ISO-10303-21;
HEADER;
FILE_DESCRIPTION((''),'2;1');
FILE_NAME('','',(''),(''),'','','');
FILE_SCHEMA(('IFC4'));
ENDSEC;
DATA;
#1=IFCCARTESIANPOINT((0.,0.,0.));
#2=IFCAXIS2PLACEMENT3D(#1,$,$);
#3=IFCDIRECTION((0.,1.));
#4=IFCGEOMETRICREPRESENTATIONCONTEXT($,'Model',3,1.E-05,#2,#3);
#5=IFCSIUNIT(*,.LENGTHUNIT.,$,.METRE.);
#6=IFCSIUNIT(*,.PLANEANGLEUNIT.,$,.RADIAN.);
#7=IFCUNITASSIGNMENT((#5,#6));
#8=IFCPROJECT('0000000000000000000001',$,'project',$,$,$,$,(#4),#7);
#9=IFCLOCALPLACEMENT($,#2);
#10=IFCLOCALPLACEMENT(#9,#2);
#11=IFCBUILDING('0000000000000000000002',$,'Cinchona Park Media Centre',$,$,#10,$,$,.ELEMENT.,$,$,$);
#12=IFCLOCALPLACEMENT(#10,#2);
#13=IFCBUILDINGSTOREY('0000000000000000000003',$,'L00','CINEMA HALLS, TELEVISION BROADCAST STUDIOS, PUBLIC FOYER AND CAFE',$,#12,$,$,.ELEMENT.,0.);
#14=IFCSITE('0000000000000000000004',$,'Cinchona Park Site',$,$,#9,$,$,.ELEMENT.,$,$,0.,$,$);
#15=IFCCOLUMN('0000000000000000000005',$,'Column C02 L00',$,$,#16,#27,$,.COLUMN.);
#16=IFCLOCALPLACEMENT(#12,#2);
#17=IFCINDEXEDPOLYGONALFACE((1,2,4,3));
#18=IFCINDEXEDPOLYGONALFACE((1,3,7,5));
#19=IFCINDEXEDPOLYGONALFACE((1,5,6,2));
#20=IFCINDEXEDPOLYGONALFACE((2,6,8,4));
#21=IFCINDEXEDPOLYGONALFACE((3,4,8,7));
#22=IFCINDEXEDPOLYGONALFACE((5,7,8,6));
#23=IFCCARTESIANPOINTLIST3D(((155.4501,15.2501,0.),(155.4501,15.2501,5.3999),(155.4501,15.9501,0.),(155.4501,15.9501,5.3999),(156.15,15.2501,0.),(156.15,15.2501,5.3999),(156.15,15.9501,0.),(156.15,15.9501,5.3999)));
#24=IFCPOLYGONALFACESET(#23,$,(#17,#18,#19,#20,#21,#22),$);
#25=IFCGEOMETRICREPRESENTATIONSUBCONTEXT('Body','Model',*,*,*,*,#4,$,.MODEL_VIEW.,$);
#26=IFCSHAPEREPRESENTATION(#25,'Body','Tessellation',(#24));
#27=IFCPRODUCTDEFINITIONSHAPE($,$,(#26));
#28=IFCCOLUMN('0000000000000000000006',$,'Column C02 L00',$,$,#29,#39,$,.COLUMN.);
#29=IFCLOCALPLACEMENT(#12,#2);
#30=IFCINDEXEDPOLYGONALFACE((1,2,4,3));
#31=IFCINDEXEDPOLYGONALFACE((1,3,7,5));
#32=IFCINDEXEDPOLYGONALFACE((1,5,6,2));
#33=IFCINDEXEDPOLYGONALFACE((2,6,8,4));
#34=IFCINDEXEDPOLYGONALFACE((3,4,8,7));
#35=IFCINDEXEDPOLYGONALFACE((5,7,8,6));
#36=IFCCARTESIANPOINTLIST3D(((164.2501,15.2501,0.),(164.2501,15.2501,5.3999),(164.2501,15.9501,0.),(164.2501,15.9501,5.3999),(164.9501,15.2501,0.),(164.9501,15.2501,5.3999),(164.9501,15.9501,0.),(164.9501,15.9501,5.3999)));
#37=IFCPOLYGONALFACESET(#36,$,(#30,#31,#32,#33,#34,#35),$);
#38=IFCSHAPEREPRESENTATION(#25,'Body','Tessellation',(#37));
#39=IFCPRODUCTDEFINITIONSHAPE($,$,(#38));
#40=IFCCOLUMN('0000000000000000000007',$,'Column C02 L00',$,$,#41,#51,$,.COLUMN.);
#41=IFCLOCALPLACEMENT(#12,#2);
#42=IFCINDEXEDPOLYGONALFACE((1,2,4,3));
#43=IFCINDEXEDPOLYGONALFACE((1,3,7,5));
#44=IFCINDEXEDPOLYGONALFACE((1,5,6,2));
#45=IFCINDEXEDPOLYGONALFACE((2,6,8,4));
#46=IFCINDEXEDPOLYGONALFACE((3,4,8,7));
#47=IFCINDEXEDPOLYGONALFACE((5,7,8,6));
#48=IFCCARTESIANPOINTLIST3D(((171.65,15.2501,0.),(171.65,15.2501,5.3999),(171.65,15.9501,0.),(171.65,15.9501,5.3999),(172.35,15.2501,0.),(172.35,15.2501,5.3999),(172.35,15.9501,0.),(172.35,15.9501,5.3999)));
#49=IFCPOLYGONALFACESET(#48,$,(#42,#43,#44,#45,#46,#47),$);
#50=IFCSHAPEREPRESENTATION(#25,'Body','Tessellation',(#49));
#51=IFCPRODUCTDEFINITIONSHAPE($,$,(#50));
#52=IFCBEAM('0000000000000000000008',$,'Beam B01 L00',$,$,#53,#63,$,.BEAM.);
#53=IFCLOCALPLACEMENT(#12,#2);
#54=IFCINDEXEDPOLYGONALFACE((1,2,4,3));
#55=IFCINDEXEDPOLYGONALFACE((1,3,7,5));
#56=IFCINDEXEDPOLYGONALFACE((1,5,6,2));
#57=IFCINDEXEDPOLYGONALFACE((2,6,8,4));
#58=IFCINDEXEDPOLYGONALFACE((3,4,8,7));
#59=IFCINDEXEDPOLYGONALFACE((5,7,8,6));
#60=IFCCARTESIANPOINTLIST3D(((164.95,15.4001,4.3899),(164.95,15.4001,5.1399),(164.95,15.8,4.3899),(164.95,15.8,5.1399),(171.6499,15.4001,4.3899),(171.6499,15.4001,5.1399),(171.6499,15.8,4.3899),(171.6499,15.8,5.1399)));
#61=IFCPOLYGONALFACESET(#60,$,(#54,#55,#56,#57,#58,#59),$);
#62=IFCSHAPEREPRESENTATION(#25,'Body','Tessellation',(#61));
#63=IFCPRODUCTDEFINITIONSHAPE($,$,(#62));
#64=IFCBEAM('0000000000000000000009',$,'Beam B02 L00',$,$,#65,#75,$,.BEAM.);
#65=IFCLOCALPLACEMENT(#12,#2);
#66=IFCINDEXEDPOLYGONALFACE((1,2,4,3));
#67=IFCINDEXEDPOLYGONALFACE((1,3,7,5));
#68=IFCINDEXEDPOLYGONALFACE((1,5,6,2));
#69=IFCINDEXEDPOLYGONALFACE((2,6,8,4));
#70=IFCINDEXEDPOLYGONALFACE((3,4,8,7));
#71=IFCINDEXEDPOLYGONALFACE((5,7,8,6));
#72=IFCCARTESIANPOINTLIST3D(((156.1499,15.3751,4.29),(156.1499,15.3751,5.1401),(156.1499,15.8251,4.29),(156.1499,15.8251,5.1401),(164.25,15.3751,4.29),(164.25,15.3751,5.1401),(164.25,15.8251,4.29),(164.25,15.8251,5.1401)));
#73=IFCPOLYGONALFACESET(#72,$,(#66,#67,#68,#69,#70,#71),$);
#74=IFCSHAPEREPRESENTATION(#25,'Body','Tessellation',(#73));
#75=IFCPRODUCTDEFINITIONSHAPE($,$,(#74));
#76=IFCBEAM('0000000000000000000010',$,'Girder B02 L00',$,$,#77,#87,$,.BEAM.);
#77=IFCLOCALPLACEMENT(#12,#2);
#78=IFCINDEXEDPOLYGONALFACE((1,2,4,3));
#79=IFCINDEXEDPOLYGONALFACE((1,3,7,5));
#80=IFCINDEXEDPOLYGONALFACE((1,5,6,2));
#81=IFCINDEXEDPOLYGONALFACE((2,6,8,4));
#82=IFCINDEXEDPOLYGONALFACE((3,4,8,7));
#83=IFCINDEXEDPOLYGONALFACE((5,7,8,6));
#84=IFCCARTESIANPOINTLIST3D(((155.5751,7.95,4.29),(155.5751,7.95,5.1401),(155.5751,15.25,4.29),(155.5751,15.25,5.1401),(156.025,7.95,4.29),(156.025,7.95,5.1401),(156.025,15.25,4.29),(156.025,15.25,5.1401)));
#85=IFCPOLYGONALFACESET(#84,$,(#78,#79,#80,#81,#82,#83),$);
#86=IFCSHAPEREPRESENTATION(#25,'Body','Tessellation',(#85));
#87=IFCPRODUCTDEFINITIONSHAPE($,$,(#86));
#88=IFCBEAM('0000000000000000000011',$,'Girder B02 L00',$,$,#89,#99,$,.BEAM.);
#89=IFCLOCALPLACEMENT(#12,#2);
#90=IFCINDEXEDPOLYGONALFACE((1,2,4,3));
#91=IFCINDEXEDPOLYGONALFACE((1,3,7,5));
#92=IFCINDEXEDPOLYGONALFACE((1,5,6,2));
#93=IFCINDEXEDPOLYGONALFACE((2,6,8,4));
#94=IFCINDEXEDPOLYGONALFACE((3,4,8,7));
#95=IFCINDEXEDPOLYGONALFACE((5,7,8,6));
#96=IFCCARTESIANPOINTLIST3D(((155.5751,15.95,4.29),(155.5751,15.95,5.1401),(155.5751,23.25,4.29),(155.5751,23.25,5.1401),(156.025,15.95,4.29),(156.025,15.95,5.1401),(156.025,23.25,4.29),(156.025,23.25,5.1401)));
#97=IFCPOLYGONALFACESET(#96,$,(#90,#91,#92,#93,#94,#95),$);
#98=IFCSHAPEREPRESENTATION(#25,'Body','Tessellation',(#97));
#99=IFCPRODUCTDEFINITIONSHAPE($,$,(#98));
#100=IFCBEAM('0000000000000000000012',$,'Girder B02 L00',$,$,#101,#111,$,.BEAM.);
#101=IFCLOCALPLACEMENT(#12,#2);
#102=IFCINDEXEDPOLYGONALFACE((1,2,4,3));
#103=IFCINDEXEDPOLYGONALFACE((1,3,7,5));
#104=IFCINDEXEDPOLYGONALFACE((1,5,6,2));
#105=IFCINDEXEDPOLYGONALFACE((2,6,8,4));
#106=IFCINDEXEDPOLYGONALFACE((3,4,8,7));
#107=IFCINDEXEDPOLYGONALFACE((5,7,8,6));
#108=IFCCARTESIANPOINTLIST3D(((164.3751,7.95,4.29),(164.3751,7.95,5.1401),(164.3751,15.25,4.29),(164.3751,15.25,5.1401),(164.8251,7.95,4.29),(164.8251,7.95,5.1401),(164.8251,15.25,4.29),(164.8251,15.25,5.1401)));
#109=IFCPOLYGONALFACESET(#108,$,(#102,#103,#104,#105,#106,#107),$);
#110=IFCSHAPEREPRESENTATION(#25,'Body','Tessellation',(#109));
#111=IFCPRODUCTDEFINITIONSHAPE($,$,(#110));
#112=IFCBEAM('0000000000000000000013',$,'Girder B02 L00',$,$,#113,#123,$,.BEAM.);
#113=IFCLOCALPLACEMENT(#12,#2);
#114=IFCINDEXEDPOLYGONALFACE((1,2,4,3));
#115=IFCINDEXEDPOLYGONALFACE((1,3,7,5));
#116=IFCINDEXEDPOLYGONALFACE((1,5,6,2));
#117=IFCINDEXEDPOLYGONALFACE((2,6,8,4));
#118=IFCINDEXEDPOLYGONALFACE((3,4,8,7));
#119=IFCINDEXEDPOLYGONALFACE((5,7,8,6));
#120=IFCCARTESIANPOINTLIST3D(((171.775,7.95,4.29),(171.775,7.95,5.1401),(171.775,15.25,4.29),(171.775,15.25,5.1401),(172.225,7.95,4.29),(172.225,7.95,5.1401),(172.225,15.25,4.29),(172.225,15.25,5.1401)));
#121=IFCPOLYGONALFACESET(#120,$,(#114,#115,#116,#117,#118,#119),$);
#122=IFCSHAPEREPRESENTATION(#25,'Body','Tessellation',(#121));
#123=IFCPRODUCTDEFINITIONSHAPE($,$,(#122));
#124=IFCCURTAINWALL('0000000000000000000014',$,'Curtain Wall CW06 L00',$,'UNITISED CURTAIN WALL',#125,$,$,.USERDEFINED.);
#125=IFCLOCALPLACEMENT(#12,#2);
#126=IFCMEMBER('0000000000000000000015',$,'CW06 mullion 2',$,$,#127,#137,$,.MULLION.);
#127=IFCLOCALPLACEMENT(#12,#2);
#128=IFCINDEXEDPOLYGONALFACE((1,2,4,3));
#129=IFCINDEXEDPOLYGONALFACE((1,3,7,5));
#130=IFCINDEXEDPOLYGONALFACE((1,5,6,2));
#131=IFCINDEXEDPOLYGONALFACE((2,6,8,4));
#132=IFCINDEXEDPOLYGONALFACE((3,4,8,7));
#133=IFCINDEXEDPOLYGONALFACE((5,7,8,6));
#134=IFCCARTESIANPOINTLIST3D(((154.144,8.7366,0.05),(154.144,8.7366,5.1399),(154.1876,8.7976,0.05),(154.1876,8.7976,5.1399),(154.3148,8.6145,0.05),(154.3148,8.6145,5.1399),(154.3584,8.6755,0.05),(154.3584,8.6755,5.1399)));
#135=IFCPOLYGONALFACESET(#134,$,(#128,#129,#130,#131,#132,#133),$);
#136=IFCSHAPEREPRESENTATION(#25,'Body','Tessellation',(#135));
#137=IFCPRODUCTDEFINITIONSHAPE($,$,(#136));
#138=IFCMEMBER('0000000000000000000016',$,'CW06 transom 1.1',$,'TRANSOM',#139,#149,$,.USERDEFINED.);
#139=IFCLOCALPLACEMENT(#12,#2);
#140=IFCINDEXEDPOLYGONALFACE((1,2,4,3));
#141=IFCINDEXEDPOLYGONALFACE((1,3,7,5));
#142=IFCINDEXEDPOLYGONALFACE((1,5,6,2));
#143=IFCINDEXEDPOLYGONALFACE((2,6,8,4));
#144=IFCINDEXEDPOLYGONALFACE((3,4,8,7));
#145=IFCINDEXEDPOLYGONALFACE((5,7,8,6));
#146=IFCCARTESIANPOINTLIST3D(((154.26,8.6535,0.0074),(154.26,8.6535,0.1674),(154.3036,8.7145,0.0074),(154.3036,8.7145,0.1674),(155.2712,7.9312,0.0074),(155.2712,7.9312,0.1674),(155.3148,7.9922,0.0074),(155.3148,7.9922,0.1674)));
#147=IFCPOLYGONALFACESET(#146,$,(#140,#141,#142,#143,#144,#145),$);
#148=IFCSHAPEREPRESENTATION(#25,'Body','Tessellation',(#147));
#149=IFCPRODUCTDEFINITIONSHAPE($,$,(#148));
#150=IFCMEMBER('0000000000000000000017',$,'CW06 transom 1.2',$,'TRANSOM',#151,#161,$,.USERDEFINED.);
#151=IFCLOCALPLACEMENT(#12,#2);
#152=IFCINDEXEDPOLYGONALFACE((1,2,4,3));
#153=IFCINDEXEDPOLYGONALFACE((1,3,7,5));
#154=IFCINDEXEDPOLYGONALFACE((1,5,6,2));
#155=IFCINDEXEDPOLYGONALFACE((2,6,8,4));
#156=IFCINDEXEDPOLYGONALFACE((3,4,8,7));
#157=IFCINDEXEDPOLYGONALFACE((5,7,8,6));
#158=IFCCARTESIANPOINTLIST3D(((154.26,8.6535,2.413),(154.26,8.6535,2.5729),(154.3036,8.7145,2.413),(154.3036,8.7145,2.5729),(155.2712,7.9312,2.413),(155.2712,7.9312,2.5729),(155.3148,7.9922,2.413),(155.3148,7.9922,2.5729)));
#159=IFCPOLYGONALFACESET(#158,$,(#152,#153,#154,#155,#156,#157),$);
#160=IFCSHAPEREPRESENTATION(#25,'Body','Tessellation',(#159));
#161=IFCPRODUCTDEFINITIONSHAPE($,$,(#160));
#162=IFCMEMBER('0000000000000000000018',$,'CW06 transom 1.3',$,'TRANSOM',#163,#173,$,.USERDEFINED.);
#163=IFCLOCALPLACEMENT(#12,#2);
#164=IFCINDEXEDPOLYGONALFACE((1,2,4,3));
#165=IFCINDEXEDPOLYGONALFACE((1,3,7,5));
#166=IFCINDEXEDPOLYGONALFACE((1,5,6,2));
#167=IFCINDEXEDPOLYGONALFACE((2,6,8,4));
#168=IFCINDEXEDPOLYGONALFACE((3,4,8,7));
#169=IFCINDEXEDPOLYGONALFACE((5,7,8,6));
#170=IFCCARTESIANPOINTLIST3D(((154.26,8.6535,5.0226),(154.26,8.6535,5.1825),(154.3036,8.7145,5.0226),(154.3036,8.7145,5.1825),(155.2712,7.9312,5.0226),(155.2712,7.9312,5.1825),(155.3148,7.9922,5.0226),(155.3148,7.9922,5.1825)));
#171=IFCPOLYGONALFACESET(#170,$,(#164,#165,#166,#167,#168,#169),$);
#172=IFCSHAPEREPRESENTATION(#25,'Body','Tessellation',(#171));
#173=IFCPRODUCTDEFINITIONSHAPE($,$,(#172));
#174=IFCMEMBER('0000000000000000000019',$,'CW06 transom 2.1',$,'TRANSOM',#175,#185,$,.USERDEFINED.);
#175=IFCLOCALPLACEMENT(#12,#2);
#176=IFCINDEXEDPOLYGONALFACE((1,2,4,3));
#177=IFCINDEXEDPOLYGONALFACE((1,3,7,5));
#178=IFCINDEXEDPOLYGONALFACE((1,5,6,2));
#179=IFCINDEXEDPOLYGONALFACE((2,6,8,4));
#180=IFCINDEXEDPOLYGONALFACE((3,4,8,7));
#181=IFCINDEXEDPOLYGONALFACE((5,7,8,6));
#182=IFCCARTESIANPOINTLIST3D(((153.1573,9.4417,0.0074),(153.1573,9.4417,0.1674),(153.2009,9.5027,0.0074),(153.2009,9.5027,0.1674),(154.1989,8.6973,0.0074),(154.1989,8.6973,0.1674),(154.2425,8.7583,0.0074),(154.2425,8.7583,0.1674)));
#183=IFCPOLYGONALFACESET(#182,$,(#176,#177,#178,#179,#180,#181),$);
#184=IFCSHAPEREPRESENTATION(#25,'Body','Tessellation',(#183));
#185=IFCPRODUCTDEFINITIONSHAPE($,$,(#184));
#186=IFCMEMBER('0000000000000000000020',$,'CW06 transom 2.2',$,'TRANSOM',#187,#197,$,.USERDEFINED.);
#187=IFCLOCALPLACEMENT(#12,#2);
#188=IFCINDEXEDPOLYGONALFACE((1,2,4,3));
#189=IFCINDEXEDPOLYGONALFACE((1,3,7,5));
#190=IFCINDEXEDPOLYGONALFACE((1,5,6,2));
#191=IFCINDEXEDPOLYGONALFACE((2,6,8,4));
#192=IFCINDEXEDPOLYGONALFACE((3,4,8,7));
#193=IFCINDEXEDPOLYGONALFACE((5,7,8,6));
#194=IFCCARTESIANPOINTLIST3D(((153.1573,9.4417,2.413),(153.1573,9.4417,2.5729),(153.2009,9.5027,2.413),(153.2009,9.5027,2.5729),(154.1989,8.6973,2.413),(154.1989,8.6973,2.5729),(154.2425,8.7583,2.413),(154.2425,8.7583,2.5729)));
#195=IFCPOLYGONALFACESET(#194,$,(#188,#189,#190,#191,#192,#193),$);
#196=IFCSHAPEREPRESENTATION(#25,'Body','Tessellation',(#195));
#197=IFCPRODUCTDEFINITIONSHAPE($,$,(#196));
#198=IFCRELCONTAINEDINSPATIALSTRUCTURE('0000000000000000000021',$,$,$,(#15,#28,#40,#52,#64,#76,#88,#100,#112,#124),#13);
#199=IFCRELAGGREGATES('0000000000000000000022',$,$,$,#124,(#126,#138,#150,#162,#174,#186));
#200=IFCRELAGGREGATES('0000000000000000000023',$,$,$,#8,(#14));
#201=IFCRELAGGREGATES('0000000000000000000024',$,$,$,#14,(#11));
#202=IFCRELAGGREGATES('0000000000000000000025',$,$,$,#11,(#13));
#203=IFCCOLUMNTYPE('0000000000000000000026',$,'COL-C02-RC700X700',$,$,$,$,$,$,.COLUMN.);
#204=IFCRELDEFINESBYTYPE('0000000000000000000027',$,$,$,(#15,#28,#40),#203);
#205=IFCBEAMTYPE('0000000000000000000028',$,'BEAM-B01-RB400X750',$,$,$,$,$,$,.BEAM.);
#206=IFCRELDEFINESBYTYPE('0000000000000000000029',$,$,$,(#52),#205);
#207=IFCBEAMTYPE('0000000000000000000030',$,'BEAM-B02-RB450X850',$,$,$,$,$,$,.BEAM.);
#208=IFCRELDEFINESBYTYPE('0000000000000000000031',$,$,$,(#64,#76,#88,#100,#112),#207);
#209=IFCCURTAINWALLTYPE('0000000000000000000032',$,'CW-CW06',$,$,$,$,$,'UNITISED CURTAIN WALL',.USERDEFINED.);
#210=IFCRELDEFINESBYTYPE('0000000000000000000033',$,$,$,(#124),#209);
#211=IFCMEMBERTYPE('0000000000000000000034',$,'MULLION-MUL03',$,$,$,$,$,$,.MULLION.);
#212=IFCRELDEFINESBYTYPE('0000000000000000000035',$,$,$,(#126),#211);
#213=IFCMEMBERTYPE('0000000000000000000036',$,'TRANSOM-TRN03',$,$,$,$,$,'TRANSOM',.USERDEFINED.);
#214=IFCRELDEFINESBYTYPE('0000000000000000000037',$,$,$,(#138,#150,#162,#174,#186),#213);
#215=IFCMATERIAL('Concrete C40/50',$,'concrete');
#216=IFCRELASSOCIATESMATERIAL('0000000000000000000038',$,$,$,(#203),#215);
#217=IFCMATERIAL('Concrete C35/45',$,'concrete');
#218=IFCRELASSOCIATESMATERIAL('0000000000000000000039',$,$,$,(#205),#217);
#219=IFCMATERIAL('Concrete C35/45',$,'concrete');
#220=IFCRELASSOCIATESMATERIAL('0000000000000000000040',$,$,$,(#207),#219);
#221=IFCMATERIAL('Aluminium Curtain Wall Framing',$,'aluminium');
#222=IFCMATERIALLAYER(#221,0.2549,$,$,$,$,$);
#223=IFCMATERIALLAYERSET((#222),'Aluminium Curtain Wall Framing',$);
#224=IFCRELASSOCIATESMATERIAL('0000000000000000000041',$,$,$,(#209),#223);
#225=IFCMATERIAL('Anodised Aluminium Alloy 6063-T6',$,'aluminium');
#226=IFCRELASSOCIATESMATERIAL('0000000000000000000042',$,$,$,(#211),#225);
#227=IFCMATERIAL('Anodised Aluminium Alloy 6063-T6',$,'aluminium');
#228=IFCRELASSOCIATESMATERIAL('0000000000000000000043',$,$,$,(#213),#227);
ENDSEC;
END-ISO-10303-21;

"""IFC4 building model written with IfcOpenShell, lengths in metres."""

from ifc_helpers import new_model, si_unit, direction, frame, origin, origin_2d, place, context, subcontext, project, spatial, rectangle, extrude, material, layer, layer_set, material_profile, profile_set, type_object, element, aggregate, save


model = new_model("IFC4")

# Units and contexts
model_context = context("Model", 3, precision=1e-05, world=origin(), true_north=direction((0.0, 1.0)))
body_context = subcontext(model_context, "Body", "Model", "MODEL_VIEW")
ifc_project = project(units=[si_unit("LENGTHUNIT", "METRE"), si_unit("PLANEANGLEUNIT", "RADIAN")], contexts=[model_context])

# Site, building, storey
site_placement = place(None, origin())
site = spatial("IfcSite", under=ifc_project, at=site_placement, Name="Cinchona Park Site", CompositionType="ELEMENT", RefElevation=0.0)
building_placement = place(site_placement, origin())
building = spatial("IfcBuilding", under=site, at=building_placement, Name="Cinchona Park Media Centre", CompositionType="ELEMENT")
storey_placement = place(building_placement, origin())
storey = spatial("IfcBuildingStorey", under=building, at=storey_placement, Name="L00", Description="CINEMA HALLS, TELEVISION BROADCAST STUDIOS, PUBLIC FOYER AND CAFE", CompositionType="ELEMENT", Elevation=0.0)

# Columns
ifc_material_1 = material(Name="Concrete C40/50", Category="concrete")
ifc_material_profile_1 = material_profile(ifc_material_1, rectangle(XDim=0.7, YDim=0.7, at=origin_2d()), Name="RC 700X700")
ifc_profile_set_1 = profile_set([ifc_material_profile_1], Name="Concrete C40/50")
column_type = type_object("IfcColumnType", Name="COL-C02-RC700X700", PredefinedType="COLUMN", material=ifc_profile_set_1)
for number, where, z_axis, x_axis, name in (
    (1, (155.8, 15.6001, 0.0), (0.0, 0.0, 1.0), (1.0, 0.0, 0.0), "Column C02 L00"),
    (2, (164.6001, 15.6001, 0.0), (0.0, 0.0, 1.0), (1.0, 0.0, 0.0), "Column C02 L00"),
    (3, (172.0, 15.6001, 0.0), (0.0, 0.0, 1.0), (1.0, 0.0, 0.0), "Column C02 L00"),
):
    element("IfcColumn", number, at=place(storey_placement, frame(where, z_axis=z_axis, x_axis=x_axis)), inside=storey, type_object=column_type, Name=name, PredefinedType="COLUMN", context=body_context, shape_type="SweptSolid", body=[
        extrude(rectangle(XDim=0.7, YDim=0.7, at=origin_2d()), origin(), (0.0, 0.0, 1.0), 5.3999),
    ])

# Beams
ifc_material_2 = material(Name="Concrete C35/45", Category="concrete")
ifc_material_profile_2 = material_profile(ifc_material_2, rectangle(XDim=0.3999, YDim=0.75, at=origin_2d()), Name="RB 400X750")
ifc_profile_set_2 = profile_set([ifc_material_profile_2], Name="Concrete C35/45")
beam_type_1 = type_object("IfcBeamType", Name="BEAM-B01-RB400X750", PredefinedType="BEAM", material=ifc_profile_set_2)
beam_1_placement = place(storey_placement, frame((164.95, 15.6001, 4.7649), z_axis=(1.0, 0.0, 0.0), x_axis=(0.0, 1.0, 0.0)))
element("IfcBeam", 4, at=beam_1_placement, inside=storey, type_object=beam_type_1, Name="Beam B01 L00", PredefinedType="BEAM", context=body_context, shape_type="SweptSolid", body=[
    extrude(rectangle(XDim=0.3999, YDim=0.75, at=origin_2d()), origin(), (0.0, 0.0, 1.0), 6.7),
])
ifc_material_3 = material(Name="Concrete C35/45", Category="concrete")
ifc_material_profile_3 = material_profile(ifc_material_3, rectangle(XDim=0.45, YDim=0.8501, at=origin_2d()), Name="RB 450X850")
ifc_profile_set_3 = profile_set([ifc_material_profile_3], Name="Concrete C35/45")
beam_type_2 = type_object("IfcBeamType", Name="BEAM-B02-RB450X850", PredefinedType="BEAM", material=ifc_profile_set_3)
beam_2_placement = place(storey_placement, frame((156.1499, 15.6001, 4.7151), z_axis=(1.0, 0.0, 0.0), x_axis=(0.0, 1.0, 0.0)))
element("IfcBeam", 5, at=beam_2_placement, inside=storey, type_object=beam_type_2, Name="Beam B02 L00", PredefinedType="BEAM", context=body_context, shape_type="SweptSolid", body=[
    extrude(rectangle(XDim=0.45, YDim=0.8501, at=origin_2d()), origin(), (0.0, 0.0, 1.0), 8.1001),
])
for number, where, z_axis, x_axis, name in (
    (6, (155.8, 7.95, 4.7151), (0.0, 1.0, 0.0), (-1.0, 0.0, 0.0), "Girder B02 L00"),
    (7, (155.8, 15.95, 4.7151), (0.0, 1.0, 0.0), (-1.0, 0.0, 0.0), "Girder B02 L00"),
    (8, (164.6001, 7.95, 4.7151), (0.0, 1.0, 0.0), (-1.0, 0.0, 0.0), "Girder B02 L00"),
    (9, (172.0, 7.95, 4.7151), (0.0, 1.0, 0.0), (-1.0, 0.0, 0.0), "Girder B02 L00"),
):
    element("IfcBeam", number, at=place(storey_placement, frame(where, z_axis=z_axis, x_axis=x_axis)), inside=storey, type_object=beam_type_2, Name=name, PredefinedType="BEAM", context=body_context, shape_type="SweptSolid", body=[
        extrude(rectangle(XDim=0.45, YDim=0.8501, at=origin_2d()), origin(), (0.0, 0.0, 1.0), 7.3),
    ])

# Curtain wall, members
ifc_material_4 = material(Name="Aluminium Curtain Wall Framing", Category="aluminium")
ifc_layer_1 = layer(ifc_material_4, 0.2549)
ifc_layer_set_1 = layer_set([ifc_layer_1], Name="Aluminium Curtain Wall Framing")
curtain_wall_type = type_object("IfcCurtainWallType", Name="CW-CW06", ElementType="UNITISED CURTAIN WALL", PredefinedType="USERDEFINED", material=ifc_layer_set_1)
curtain_wall_placement = place(storey_placement, origin())
curtain_wall = element("IfcCurtainWall", 10, at=curtain_wall_placement, inside=storey, type_object=curtain_wall_type, Name="Curtain Wall CW06 L00", ObjectType="UNITISED CURTAIN WALL", PredefinedType="USERDEFINED")
ifc_material_5 = material(Name="Anodised Aluminium Alloy 6063-T6", Category="aluminium")
ifc_material_profile_4 = material_profile(ifc_material_5, rectangle(XDim=0.075, YDim=0.21, at=origin_2d()), Name="MUL-75X210")
ifc_profile_set_4 = profile_set([ifc_material_profile_4], Name="Anodised Aluminium Alloy 6063-T6")
member_type_1 = type_object("IfcMemberType", Name="MULLION-MUL03", PredefinedType="MULLION", material=ifc_profile_set_4)
member_1_placement = place(storey_placement, frame((154.2512, 8.7061, 0.05), z_axis=(0.0, 0.0, 1.0), x_axis=(-0.581424, -0.813601, 0.0)))
member_1 = element("IfcMember", 11, at=member_1_placement, type_object=member_type_1, Name="CW06 mullion 2", PredefinedType="MULLION", context=body_context, shape_type="SweptSolid", body=[
    extrude(rectangle(XDim=0.075, YDim=0.21, at=origin_2d()), origin(), (0.0, 0.0, 1.0), 5.0898),
])
ifc_material_6 = material(Name="Anodised Aluminium Alloy 6063-T6", Category="aluminium")
ifc_material_profile_5 = material_profile(ifc_material_6, rectangle(XDim=0.075, YDim=0.1599, at=origin_2d()), Name="TRN-75X160")
ifc_profile_set_5 = profile_set([ifc_material_profile_5], Name="Anodised Aluminium Alloy 6063-T6")
member_type_2 = type_object("IfcMemberType", Name="TRANSOM-TRN03", ElementType="TRANSOM", PredefinedType="USERDEFINED", material=ifc_profile_set_5)
member_2_placement = place(storey_placement, frame((155.293, 7.9617, 0.0874), z_axis=(-0.813694, 0.581294, 0.0), x_axis=(-0.581294, -0.813694, 0.0)))
member_2 = element("IfcMember", 12, at=member_2_placement, type_object=member_type_2, Name="CW06 transom 1.1", ObjectType="TRANSOM", PredefinedType="USERDEFINED", context=body_context, shape_type="SweptSolid", body=[
    extrude(rectangle(XDim=0.075, YDim=0.1599, at=origin_2d()), origin(), (0.0, 0.0, 1.0), 1.2427),
])
member_3_placement = place(storey_placement, frame((155.293, 7.9617, 2.4929), z_axis=(-0.813694, 0.581294, 0.0), x_axis=(-0.581294, -0.813694, 0.0)))
member_3 = element("IfcMember", 13, at=member_3_placement, type_object=member_type_2, Name="CW06 transom 1.2", ObjectType="TRANSOM", PredefinedType="USERDEFINED", context=body_context, shape_type="SweptSolid", body=[
    extrude(rectangle(XDim=0.075, YDim=0.1599, at=origin_2d()), origin(), (0.0, 0.0, 1.0), 1.2427),
])
member_4_placement = place(storey_placement, frame((155.293, 7.9617, 5.1025), z_axis=(-0.813694, 0.581294, 0.0), x_axis=(-0.581294, -0.813694, 0.0)))
member_4 = element("IfcMember", 14, at=member_4_placement, type_object=member_type_2, Name="CW06 transom 1.3", ObjectType="TRANSOM", PredefinedType="USERDEFINED", context=body_context, shape_type="SweptSolid", body=[
    extrude(rectangle(XDim=0.075, YDim=0.1599, at=origin_2d()), origin(), (0.0, 0.0, 1.0), 1.2427),
])
member_5_placement = place(storey_placement, frame((154.2207, 8.7278, 0.0874), z_axis=(-0.813566, 0.581473, 0.0), x_axis=(-0.581473, -0.813566, 0.0)))
member_5 = element("IfcMember", 15, at=member_5_placement, type_object=member_type_2, Name="CW06 transom 2.1", ObjectType="TRANSOM", PredefinedType="USERDEFINED", context=body_context, shape_type="SweptSolid", body=[
    extrude(rectangle(XDim=0.075, YDim=0.1599, at=origin_2d()), origin(), (0.0, 0.0, 1.0), 1.2803),
])
member_6_placement = place(storey_placement, frame((154.2207, 8.7278, 2.4929), z_axis=(-0.813566, 0.581473, 0.0), x_axis=(-0.581473, -0.813566, 0.0)))
member_6 = element("IfcMember", 16, at=member_6_placement, type_object=member_type_2, Name="CW06 transom 2.2", ObjectType="TRANSOM", PredefinedType="USERDEFINED", context=body_context, shape_type="SweptSolid", body=[
    extrude(rectangle(XDim=0.075, YDim=0.1599, at=origin_2d()), origin(), (0.0, 0.0, 1.0), 1.2803),
])
aggregate(curtain_wall, [member_1, member_2, member_3, member_4, member_5, member_6])

save(model, "model.ifc")
